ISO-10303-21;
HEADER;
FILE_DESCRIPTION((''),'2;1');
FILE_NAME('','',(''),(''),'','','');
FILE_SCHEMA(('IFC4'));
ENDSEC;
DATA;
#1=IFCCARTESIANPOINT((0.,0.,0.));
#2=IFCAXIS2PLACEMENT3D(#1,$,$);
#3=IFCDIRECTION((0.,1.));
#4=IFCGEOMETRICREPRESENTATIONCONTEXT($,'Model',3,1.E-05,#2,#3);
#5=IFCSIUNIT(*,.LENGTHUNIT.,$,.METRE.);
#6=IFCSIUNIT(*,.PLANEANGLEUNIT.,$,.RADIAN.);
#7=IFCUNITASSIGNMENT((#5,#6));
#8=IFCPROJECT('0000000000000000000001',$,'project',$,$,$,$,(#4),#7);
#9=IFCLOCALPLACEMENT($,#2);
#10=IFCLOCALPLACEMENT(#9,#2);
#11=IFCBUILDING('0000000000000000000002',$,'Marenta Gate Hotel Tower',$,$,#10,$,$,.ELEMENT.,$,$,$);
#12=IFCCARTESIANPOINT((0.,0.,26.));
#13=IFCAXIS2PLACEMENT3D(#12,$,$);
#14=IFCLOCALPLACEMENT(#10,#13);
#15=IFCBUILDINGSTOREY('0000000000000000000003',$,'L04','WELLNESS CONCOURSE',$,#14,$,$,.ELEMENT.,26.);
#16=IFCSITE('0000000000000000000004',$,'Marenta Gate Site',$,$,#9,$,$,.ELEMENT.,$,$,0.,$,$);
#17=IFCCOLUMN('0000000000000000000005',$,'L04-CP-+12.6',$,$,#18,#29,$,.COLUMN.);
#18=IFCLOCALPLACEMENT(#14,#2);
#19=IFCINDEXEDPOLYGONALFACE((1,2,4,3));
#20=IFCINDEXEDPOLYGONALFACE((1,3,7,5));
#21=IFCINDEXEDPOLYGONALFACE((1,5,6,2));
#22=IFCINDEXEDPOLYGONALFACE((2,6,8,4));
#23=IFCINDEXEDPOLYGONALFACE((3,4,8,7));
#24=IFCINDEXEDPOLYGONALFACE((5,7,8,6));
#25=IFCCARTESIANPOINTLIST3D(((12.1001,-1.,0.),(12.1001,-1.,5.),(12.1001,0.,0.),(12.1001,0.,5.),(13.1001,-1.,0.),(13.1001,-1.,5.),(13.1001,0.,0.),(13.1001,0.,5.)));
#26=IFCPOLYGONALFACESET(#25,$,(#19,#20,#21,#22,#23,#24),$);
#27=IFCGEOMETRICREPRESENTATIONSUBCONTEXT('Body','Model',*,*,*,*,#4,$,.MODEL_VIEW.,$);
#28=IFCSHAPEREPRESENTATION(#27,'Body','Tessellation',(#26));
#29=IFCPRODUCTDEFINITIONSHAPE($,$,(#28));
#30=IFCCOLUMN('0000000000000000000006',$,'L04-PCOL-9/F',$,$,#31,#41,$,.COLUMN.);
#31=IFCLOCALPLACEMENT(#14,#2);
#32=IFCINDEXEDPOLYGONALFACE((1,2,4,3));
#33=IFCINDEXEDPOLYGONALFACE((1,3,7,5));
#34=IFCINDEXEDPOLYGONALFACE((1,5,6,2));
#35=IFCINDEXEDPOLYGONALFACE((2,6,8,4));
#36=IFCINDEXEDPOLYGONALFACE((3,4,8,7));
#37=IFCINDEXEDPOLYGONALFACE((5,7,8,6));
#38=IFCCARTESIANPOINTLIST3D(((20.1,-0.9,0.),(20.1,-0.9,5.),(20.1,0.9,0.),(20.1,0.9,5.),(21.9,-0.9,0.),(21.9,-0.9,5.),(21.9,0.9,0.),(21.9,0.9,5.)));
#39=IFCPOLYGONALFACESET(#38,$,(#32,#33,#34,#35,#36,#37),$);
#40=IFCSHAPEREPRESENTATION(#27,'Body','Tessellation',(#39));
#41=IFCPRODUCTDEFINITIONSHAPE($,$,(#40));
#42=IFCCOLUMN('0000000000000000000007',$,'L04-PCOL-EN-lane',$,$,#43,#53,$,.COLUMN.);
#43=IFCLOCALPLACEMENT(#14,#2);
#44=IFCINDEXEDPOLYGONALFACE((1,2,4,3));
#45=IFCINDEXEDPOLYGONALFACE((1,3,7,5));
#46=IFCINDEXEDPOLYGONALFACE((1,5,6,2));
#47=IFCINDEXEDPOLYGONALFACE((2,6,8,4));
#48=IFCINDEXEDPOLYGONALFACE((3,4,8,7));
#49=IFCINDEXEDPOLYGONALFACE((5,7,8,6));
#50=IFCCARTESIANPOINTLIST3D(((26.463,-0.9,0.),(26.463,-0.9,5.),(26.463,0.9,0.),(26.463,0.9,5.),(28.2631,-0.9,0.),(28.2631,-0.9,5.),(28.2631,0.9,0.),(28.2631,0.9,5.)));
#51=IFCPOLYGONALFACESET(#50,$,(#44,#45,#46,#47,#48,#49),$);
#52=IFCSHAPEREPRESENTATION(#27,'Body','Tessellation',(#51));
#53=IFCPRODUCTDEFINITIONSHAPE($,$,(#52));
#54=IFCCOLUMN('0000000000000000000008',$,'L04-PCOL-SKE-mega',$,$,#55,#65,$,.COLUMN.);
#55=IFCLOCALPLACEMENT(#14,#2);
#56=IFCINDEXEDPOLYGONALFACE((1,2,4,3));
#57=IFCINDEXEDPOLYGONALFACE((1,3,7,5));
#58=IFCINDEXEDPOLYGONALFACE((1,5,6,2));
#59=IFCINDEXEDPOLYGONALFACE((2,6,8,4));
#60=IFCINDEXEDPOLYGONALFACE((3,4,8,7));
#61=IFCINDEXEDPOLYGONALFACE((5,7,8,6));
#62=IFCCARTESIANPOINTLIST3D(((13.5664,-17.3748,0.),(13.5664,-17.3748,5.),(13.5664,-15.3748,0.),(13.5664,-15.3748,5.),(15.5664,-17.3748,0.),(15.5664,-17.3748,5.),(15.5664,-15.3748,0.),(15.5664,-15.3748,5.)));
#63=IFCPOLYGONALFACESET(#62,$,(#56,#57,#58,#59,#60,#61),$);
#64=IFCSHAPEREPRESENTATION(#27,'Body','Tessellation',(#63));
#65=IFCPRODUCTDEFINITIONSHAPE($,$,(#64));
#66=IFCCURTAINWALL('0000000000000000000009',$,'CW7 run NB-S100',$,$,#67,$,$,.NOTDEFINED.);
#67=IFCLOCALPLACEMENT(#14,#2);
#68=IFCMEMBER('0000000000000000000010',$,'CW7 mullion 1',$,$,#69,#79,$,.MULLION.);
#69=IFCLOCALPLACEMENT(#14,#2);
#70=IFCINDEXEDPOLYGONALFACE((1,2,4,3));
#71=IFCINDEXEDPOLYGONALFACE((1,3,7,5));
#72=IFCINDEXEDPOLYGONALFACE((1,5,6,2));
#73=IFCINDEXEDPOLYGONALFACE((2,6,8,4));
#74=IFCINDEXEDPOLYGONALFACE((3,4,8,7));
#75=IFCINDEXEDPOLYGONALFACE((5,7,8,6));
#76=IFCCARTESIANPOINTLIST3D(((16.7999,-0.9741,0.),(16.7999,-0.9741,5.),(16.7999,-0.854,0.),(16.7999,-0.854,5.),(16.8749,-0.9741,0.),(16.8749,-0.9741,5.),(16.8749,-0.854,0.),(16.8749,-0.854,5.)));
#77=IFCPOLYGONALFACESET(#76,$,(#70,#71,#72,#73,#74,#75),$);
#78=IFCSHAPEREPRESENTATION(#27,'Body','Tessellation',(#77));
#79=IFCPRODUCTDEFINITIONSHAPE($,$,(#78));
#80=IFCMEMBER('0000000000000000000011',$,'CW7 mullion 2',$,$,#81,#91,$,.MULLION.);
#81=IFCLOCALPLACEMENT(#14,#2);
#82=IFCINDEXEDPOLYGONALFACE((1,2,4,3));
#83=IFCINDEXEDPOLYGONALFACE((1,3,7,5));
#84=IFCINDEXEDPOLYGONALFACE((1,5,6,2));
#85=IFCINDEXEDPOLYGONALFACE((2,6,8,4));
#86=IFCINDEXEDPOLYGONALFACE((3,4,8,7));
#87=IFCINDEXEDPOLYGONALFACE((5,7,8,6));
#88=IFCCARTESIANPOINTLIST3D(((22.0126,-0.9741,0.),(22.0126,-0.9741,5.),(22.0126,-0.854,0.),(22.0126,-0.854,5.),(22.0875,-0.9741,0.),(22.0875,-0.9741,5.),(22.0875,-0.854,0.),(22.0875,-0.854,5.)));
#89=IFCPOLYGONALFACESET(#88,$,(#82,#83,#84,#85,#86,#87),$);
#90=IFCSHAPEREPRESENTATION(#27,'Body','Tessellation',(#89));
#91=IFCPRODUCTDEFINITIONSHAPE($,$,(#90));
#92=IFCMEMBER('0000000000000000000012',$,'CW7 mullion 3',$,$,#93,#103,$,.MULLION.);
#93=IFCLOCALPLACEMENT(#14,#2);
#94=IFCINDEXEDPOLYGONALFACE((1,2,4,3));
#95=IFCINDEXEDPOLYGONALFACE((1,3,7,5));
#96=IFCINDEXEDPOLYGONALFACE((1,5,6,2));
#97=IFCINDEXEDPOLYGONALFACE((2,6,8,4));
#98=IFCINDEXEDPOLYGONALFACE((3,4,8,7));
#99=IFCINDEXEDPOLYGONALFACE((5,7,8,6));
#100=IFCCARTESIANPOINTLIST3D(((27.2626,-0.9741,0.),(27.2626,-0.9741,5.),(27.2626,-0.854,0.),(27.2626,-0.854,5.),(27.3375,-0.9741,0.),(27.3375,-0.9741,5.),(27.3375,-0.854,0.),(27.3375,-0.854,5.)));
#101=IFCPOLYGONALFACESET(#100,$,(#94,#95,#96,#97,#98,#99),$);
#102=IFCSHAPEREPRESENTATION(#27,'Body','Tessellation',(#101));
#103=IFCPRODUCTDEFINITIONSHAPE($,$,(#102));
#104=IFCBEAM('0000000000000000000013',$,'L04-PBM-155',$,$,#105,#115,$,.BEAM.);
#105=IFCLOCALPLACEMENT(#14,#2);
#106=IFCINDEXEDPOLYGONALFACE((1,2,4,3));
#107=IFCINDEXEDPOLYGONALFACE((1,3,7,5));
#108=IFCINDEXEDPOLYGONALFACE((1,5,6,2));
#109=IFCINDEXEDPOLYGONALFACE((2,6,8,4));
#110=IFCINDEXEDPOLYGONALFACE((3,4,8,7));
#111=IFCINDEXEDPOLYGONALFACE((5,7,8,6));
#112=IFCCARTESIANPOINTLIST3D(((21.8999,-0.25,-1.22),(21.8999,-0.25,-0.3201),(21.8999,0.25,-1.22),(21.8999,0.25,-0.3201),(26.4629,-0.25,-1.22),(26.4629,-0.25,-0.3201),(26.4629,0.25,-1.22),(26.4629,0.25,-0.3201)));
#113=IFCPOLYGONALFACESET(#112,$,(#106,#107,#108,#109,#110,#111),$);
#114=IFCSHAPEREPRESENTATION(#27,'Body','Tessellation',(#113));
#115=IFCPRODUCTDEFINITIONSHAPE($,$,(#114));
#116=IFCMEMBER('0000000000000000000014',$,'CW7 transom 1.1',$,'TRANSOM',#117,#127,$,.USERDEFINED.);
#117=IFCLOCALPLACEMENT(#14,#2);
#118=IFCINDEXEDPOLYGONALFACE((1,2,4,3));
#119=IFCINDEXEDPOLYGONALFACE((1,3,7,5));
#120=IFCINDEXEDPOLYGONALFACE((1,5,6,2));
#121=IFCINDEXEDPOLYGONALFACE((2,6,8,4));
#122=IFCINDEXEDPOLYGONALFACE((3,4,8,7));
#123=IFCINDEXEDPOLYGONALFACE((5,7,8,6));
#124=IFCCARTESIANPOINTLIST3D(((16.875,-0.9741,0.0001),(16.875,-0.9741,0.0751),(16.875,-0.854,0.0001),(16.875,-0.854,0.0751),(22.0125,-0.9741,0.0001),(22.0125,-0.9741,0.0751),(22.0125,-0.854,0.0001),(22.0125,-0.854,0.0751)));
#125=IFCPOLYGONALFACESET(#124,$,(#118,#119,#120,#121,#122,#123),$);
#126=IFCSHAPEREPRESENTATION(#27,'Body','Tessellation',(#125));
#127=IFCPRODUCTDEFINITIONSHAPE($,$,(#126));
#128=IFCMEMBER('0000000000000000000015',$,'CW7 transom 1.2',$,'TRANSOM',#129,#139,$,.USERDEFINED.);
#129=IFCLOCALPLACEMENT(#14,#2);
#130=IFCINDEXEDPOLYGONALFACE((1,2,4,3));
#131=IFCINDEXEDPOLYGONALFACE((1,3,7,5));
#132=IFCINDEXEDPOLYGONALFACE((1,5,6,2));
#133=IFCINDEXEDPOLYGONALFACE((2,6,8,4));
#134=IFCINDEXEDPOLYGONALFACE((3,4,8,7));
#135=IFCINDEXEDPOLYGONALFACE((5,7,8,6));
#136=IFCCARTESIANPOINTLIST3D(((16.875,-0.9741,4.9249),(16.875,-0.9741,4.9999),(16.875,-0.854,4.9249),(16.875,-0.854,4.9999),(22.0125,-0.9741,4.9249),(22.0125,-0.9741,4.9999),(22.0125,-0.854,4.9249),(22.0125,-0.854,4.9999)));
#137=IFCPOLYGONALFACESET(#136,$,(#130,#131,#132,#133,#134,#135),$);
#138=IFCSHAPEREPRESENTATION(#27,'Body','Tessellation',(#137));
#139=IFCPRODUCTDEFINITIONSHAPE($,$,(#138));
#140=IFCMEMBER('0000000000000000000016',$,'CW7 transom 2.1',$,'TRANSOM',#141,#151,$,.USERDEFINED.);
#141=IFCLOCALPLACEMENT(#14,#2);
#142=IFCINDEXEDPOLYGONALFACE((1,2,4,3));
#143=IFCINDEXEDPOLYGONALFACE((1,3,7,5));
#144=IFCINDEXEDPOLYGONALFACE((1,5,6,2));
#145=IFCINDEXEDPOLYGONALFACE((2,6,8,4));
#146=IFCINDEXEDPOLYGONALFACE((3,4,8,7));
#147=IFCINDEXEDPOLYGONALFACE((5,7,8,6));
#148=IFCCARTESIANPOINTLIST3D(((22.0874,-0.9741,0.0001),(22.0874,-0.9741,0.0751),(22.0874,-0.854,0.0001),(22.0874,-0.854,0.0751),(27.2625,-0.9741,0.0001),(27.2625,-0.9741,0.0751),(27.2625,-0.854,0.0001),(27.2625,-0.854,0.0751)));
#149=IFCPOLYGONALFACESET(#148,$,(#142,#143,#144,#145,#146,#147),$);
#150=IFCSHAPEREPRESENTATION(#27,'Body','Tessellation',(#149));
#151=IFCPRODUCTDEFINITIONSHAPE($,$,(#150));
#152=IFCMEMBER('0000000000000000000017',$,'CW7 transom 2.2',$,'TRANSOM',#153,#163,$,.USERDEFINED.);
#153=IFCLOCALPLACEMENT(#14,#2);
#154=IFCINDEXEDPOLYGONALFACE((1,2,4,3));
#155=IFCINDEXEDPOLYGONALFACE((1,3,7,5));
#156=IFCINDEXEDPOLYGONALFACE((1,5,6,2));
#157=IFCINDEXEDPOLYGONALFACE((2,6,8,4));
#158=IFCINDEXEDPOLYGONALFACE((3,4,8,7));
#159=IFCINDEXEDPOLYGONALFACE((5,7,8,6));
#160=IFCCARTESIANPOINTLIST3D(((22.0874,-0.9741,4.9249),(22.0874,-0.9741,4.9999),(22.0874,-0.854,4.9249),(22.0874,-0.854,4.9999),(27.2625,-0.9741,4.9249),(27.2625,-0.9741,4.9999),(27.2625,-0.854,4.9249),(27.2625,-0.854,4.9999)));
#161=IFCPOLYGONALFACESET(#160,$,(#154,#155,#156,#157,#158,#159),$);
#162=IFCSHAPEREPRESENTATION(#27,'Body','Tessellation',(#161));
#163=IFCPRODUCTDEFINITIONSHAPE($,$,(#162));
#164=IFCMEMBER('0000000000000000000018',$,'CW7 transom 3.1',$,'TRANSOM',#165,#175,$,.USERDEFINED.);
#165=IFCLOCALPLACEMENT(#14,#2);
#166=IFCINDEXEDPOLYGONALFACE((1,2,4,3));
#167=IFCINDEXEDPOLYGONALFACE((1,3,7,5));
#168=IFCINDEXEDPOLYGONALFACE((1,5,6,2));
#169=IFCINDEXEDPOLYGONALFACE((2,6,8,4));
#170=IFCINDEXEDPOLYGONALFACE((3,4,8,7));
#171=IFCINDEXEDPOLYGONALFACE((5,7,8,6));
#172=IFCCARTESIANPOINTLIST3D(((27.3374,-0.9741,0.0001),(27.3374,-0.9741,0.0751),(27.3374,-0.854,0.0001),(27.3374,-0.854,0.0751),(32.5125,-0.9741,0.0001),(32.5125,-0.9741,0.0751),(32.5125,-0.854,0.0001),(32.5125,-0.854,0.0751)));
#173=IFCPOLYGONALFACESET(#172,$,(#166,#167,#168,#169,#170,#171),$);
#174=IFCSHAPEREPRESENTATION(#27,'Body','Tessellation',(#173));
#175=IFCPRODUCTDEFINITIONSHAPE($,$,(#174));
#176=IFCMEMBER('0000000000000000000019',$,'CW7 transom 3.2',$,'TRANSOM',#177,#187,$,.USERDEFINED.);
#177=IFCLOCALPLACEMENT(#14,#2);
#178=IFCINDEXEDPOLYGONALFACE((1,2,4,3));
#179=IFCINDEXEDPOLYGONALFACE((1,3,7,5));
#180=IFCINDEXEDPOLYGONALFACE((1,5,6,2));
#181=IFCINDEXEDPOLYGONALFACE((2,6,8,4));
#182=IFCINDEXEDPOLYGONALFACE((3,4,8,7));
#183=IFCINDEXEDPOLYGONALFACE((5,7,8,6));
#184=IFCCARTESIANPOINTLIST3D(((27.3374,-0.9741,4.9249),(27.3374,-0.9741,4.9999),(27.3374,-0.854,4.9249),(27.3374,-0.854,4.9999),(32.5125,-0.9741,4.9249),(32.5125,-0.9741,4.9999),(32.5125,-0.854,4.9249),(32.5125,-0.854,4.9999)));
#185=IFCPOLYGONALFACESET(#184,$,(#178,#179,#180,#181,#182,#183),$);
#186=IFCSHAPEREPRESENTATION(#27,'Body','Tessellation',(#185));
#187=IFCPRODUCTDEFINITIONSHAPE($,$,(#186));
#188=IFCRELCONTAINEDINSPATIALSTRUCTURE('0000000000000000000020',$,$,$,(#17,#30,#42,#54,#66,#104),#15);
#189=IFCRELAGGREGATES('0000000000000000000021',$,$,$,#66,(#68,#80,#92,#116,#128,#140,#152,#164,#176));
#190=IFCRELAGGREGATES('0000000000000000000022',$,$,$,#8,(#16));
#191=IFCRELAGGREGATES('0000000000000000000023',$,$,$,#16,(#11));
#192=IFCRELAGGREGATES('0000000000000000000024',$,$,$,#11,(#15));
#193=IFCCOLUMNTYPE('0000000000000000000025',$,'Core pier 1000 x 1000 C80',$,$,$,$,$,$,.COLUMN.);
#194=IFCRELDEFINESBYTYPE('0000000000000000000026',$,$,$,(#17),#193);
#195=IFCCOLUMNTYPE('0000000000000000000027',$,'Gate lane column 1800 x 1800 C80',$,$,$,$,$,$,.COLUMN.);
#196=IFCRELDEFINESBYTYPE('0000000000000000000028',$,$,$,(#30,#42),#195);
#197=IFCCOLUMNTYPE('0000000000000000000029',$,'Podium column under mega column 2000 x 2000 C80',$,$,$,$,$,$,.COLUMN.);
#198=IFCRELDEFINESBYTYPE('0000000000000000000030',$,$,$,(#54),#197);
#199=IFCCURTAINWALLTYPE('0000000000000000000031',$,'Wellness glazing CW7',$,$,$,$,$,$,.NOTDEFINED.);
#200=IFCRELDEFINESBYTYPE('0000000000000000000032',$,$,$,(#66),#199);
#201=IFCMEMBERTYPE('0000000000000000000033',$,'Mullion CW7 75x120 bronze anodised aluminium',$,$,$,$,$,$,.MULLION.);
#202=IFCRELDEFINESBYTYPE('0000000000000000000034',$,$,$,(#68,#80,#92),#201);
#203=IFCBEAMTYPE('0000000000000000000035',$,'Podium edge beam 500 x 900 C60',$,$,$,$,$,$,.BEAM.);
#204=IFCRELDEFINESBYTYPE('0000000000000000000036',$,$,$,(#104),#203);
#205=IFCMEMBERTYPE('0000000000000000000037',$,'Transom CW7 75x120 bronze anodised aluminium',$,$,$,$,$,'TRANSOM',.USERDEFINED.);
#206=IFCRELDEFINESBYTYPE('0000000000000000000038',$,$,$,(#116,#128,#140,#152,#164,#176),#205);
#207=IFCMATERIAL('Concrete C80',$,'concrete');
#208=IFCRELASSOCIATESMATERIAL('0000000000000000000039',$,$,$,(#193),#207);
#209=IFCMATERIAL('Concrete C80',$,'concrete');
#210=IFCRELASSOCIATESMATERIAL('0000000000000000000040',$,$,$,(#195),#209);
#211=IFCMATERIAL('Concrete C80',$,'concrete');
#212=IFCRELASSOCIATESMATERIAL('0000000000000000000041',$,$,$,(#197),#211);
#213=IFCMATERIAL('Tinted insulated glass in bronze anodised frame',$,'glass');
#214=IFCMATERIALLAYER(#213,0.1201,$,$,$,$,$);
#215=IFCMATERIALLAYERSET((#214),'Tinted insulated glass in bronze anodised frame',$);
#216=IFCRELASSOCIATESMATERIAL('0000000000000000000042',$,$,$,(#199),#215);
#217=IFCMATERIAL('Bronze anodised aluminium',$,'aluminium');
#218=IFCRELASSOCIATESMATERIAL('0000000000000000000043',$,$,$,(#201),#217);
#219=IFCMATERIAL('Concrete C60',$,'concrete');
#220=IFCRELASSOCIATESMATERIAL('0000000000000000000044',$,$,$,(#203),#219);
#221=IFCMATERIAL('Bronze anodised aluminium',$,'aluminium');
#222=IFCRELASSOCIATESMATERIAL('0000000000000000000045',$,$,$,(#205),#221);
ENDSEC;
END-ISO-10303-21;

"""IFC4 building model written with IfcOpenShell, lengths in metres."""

from ifc_helpers import new_model, si_unit, direction, frame, origin, origin_2d, place, context, subcontext, project, spatial, rectangle, extrude, material, layer, layer_set, material_profile, profile_set, type_object, element, aggregate, save


model = new_model("IFC4")

# Units and contexts
model_context = context("Model", 3, precision=1e-05, world=origin(), true_north=direction((0.0, 1.0)))
body_context = subcontext(model_context, "Body", "Model", "MODEL_VIEW")
ifc_project = project(units=[si_unit("LENGTHUNIT", "METRE"), si_unit("PLANEANGLEUNIT", "RADIAN")], contexts=[model_context])

# Site, building, storey
site_placement = place(None, origin())
site = spatial("IfcSite", under=ifc_project, at=site_placement, Name="Marenta Gate Site", CompositionType="ELEMENT", RefElevation=0.0)
building_placement = place(site_placement, origin())
building = spatial("IfcBuilding", under=site, at=building_placement, Name="Marenta Gate Hotel Tower", CompositionType="ELEMENT")
storey_placement = place(building_placement, frame((0.0, 0.0, 26.0)))
storey = spatial("IfcBuildingStorey", under=building, at=storey_placement, Name="L04", Description="WELLNESS CONCOURSE", CompositionType="ELEMENT", Elevation=26.0)

# Columns
ifc_material_1 = material(Name="Concrete C80", Category="concrete")
ifc_material_profile_1 = material_profile(ifc_material_1, rectangle(XDim=1.0, YDim=1.0, at=origin_2d()), Name="1000 x 1000")
ifc_profile_set_1 = profile_set([ifc_material_profile_1], Name="Concrete C80")
column_type_1 = type_object("IfcColumnType", Name="Core pier 1000 x 1000 C80", PredefinedType="COLUMN", material=ifc_profile_set_1)
column_1_placement = place(storey_placement, frame((12.6001, -0.5, 0.0), z_axis=(0.0, 0.0, 1.0), x_axis=(1.0, 0.0, 0.0)))
element("IfcColumn", 1, at=column_1_placement, inside=storey, type_object=column_type_1, Name="L04-CP-+12.6", PredefinedType="COLUMN", context=body_context, shape_type="SweptSolid", body=[
    extrude(rectangle(XDim=1.0, YDim=1.0, at=origin_2d()), origin(), (0.0, 0.0, 1.0), 5.0),
])
ifc_material_2 = material(Name="Concrete C80", Category="concrete")
ifc_material_profile_2 = material_profile(ifc_material_2, rectangle(XDim=1.8, YDim=1.8, at=origin_2d()), Name="1800 x 1800")
ifc_profile_set_2 = profile_set([ifc_material_profile_2], Name="Concrete C80")
column_type_2 = type_object("IfcColumnType", Name="Gate lane column 1800 x 1800 C80", PredefinedType="COLUMN", material=ifc_profile_set_2)
for number, where, z_axis, x_axis, name in (
    (2, (21.0, 0.0, 0.0), (0.0, 0.0, 1.0), (1.0, 0.0, 0.0), "L04-PCOL-9/F"),
    (3, (27.363, 0.0, 0.0), (0.0, 0.0, 1.0), (1.0, 0.0, 0.0), "L04-PCOL-EN-lane"),
):
    element("IfcColumn", number, at=place(storey_placement, frame(where, z_axis=z_axis, x_axis=x_axis)), inside=storey, type_object=column_type_2, Name=name, PredefinedType="COLUMN", context=body_context, shape_type="SweptSolid", body=[
        extrude(rectangle(XDim=1.8, YDim=1.8, at=origin_2d()), origin(), (0.0, 0.0, 1.0), 5.0),
    ])
ifc_material_3 = material(Name="Concrete C80", Category="concrete")
ifc_material_profile_3 = material_profile(ifc_material_3, rectangle(XDim=2.0, YDim=2.0, at=origin_2d()), Name="2000 x 2000")
ifc_profile_set_3 = profile_set([ifc_material_profile_3], Name="Concrete C80")
column_type_3 = type_object("IfcColumnType", Name="Podium column under mega column 2000 x 2000 C80", PredefinedType="COLUMN", material=ifc_profile_set_3)
column_2_placement = place(storey_placement, frame((14.5664, -16.3748, 0.0), z_axis=(0.0, 0.0, 1.0), x_axis=(1.0, 0.0, 0.0)))
element("IfcColumn", 4, at=column_2_placement, inside=storey, type_object=column_type_3, Name="L04-PCOL-SKE-mega", PredefinedType="COLUMN", context=body_context, shape_type="SweptSolid", body=[
    extrude(rectangle(XDim=2.0, YDim=2.0, at=origin_2d()), origin(), (0.0, 0.0, 1.0), 5.0),
])

# Curtain wall, members
ifc_material_4 = material(Name="Tinted insulated glass in bronze anodised frame", Category="glass")
ifc_layer_1 = layer(ifc_material_4, 0.1201)
ifc_layer_set_1 = layer_set([ifc_layer_1], Name="Tinted insulated glass in bronze anodised frame")
curtain_wall_type = type_object("IfcCurtainWallType", Name="Wellness glazing CW7", PredefinedType="NOTDEFINED", material=ifc_layer_set_1)
curtain_wall_placement = place(storey_placement, origin())
curtain_wall = element("IfcCurtainWall", 5, at=curtain_wall_placement, inside=storey, type_object=curtain_wall_type, Name="CW7 run NB-S100", PredefinedType="NOTDEFINED")
ifc_material_5 = material(Name="Bronze anodised aluminium", Category="aluminium")
ifc_material_profile_4 = material_profile(ifc_material_5, rectangle(XDim=0.1201, YDim=0.075, at=origin_2d()), Name="Mullion CW7 75x120 bronze anodised aluminium")
ifc_profile_set_4 = profile_set([ifc_material_profile_4], Name="Bronze anodised aluminium")
member_type_1 = type_object("IfcMemberType", Name="Mullion CW7 75x120 bronze anodised aluminium", PredefinedType="MULLION", material=ifc_profile_set_4)
member_1_placement = place(storey_placement, frame((16.8374, -0.9141, 0.0), z_axis=(0.0, 0.0, 1.0), x_axis=(0.0, 1.0, 0.0)))
member_1 = element("IfcMember", 6, at=member_1_placement, type_object=member_type_1, Name="CW7 mullion 1", PredefinedType="MULLION", context=body_context, shape_type="SweptSolid", body=[
    extrude(rectangle(XDim=0.1201, YDim=0.075, at=origin_2d()), origin(), (0.0, 0.0, 1.0), 5.0),
])
member_2_placement = place(storey_placement, frame((22.05, -0.9141, 0.0), z_axis=(0.0, 0.0, 1.0), x_axis=(0.0, 1.0, 0.0)))
member_2 = element("IfcMember", 7, at=member_2_placement, type_object=member_type_1, Name="CW7 mullion 2", PredefinedType="MULLION", context=body_context, shape_type="SweptSolid", body=[
    extrude(rectangle(XDim=0.1201, YDim=0.075, at=origin_2d()), origin(), (0.0, 0.0, 1.0), 5.0),
])
member_3_placement = place(storey_placement, frame((27.3, -0.9141, 0.0), z_axis=(0.0, 0.0, 1.0), x_axis=(0.0, 1.0, 0.0)))
member_3 = element("IfcMember", 8, at=member_3_placement, type_object=member_type_1, Name="CW7 mullion 3", PredefinedType="MULLION", context=body_context, shape_type="SweptSolid", body=[
    extrude(rectangle(XDim=0.1201, YDim=0.075, at=origin_2d()), origin(), (0.0, 0.0, 1.0), 5.0),
])

# Beam
ifc_material_6 = material(Name="Concrete C60", Category="concrete")
ifc_material_profile_5 = material_profile(ifc_material_6, rectangle(XDim=0.5, YDim=0.8999, at=origin_2d()), Name="500 x 900")
ifc_profile_set_5 = profile_set([ifc_material_profile_5], Name="Concrete C60")
beam_type = type_object("IfcBeamType", Name="Podium edge beam 500 x 900 C60", PredefinedType="BEAM", material=ifc_profile_set_5)
beam_placement = place(storey_placement, frame((21.8999, 0.0, -0.77), z_axis=(1.0, 0.0, 0.0), x_axis=(0.0, 1.0, 0.0)))
element("IfcBeam", 9, at=beam_placement, inside=storey, type_object=beam_type, Name="L04-PBM-155", PredefinedType="BEAM", context=body_context, shape_type="SweptSolid", body=[
    extrude(rectangle(XDim=0.5, YDim=0.8999, at=origin_2d()), origin(), (0.0, 0.0, 1.0), 4.563),
])

# Members
ifc_material_7 = material(Name="Bronze anodised aluminium", Category="aluminium")
ifc_material_profile_6 = material_profile(ifc_material_7, rectangle(XDim=0.1201, YDim=0.075, at=origin_2d()), Name="Transom CW7 75x120 bronze anodised aluminium")
ifc_profile_set_6 = profile_set([ifc_material_profile_6], Name="Bronze anodised aluminium")
member_type_2 = type_object("IfcMemberType", Name="Transom CW7 75x120 bronze anodised aluminium", ElementType="TRANSOM", PredefinedType="USERDEFINED", material=ifc_profile_set_6)
member_4_placement = place(storey_placement, frame((16.875, -0.9141, 0.0376), z_axis=(1.0, 0.0, 0.0), x_axis=(0.0, 1.0, 0.0)))
member_4 = element("IfcMember", 10, at=member_4_placement, type_object=member_type_2, Name="CW7 transom 1.1", ObjectType="TRANSOM", PredefinedType="USERDEFINED", context=body_context, shape_type="SweptSolid", body=[
    extrude(rectangle(XDim=0.1201, YDim=0.075, at=origin_2d()), origin(), (0.0, 0.0, 1.0), 5.1375),
])
member_5_placement = place(storey_placement, frame((16.875, -0.9141, 4.9624), z_axis=(1.0, 0.0, 0.0), x_axis=(0.0, 1.0, 0.0)))
member_5 = element("IfcMember", 11, at=member_5_placement, type_object=member_type_2, Name="CW7 transom 1.2", ObjectType="TRANSOM", PredefinedType="USERDEFINED", context=body_context, shape_type="SweptSolid", body=[
    extrude(rectangle(XDim=0.1201, YDim=0.075, at=origin_2d()), origin(), (0.0, 0.0, 1.0), 5.1375),
])
member_6_placement = place(storey_placement, frame((22.0874, -0.9141, 0.0376), z_axis=(1.0, 0.0, 0.0), x_axis=(0.0, 1.0, 0.0)))
member_6 = element("IfcMember", 12, at=member_6_placement, type_object=member_type_2, Name="CW7 transom 2.1", ObjectType="TRANSOM", PredefinedType="USERDEFINED", context=body_context, shape_type="SweptSolid", body=[
    extrude(rectangle(XDim=0.1201, YDim=0.075, at=origin_2d()), origin(), (0.0, 0.0, 1.0), 5.175),
])
member_7_placement = place(storey_placement, frame((22.0874, -0.9141, 4.9624), z_axis=(1.0, 0.0, 0.0), x_axis=(0.0, 1.0, 0.0)))
member_7 = element("IfcMember", 13, at=member_7_placement, type_object=member_type_2, Name="CW7 transom 2.2", ObjectType="TRANSOM", PredefinedType="USERDEFINED", context=body_context, shape_type="SweptSolid", body=[
    extrude(rectangle(XDim=0.1201, YDim=0.075, at=origin_2d()), origin(), (0.0, 0.0, 1.0), 5.175),
])
member_8_placement = place(storey_placement, frame((27.3374, -0.9141, 0.0376), z_axis=(1.0, 0.0, 0.0), x_axis=(0.0, 1.0, 0.0)))
member_8 = element("IfcMember", 14, at=member_8_placement, type_object=member_type_2, Name="CW7 transom 3.1", ObjectType="TRANSOM", PredefinedType="USERDEFINED", context=body_context, shape_type="SweptSolid", body=[
    extrude(rectangle(XDim=0.1201, YDim=0.075, at=origin_2d()), origin(), (0.0, 0.0, 1.0), 5.175),
])
member_9_placement = place(storey_placement, frame((27.3374, -0.9141, 4.9624), z_axis=(1.0, 0.0, 0.0), x_axis=(0.0, 1.0, 0.0)))
member_9 = element("IfcMember", 15, at=member_9_placement, type_object=member_type_2, Name="CW7 transom 3.2", ObjectType="TRANSOM", PredefinedType="USERDEFINED", context=body_context, shape_type="SweptSolid", body=[
    extrude(rectangle(XDim=0.1201, YDim=0.075, at=origin_2d()), origin(), (0.0, 0.0, 1.0), 5.175),
])

aggregate(curtain_wall, [member_1, member_2, member_3, member_4, member_5, member_6, member_7, member_8, member_9])

save(model, "model.ifc")
